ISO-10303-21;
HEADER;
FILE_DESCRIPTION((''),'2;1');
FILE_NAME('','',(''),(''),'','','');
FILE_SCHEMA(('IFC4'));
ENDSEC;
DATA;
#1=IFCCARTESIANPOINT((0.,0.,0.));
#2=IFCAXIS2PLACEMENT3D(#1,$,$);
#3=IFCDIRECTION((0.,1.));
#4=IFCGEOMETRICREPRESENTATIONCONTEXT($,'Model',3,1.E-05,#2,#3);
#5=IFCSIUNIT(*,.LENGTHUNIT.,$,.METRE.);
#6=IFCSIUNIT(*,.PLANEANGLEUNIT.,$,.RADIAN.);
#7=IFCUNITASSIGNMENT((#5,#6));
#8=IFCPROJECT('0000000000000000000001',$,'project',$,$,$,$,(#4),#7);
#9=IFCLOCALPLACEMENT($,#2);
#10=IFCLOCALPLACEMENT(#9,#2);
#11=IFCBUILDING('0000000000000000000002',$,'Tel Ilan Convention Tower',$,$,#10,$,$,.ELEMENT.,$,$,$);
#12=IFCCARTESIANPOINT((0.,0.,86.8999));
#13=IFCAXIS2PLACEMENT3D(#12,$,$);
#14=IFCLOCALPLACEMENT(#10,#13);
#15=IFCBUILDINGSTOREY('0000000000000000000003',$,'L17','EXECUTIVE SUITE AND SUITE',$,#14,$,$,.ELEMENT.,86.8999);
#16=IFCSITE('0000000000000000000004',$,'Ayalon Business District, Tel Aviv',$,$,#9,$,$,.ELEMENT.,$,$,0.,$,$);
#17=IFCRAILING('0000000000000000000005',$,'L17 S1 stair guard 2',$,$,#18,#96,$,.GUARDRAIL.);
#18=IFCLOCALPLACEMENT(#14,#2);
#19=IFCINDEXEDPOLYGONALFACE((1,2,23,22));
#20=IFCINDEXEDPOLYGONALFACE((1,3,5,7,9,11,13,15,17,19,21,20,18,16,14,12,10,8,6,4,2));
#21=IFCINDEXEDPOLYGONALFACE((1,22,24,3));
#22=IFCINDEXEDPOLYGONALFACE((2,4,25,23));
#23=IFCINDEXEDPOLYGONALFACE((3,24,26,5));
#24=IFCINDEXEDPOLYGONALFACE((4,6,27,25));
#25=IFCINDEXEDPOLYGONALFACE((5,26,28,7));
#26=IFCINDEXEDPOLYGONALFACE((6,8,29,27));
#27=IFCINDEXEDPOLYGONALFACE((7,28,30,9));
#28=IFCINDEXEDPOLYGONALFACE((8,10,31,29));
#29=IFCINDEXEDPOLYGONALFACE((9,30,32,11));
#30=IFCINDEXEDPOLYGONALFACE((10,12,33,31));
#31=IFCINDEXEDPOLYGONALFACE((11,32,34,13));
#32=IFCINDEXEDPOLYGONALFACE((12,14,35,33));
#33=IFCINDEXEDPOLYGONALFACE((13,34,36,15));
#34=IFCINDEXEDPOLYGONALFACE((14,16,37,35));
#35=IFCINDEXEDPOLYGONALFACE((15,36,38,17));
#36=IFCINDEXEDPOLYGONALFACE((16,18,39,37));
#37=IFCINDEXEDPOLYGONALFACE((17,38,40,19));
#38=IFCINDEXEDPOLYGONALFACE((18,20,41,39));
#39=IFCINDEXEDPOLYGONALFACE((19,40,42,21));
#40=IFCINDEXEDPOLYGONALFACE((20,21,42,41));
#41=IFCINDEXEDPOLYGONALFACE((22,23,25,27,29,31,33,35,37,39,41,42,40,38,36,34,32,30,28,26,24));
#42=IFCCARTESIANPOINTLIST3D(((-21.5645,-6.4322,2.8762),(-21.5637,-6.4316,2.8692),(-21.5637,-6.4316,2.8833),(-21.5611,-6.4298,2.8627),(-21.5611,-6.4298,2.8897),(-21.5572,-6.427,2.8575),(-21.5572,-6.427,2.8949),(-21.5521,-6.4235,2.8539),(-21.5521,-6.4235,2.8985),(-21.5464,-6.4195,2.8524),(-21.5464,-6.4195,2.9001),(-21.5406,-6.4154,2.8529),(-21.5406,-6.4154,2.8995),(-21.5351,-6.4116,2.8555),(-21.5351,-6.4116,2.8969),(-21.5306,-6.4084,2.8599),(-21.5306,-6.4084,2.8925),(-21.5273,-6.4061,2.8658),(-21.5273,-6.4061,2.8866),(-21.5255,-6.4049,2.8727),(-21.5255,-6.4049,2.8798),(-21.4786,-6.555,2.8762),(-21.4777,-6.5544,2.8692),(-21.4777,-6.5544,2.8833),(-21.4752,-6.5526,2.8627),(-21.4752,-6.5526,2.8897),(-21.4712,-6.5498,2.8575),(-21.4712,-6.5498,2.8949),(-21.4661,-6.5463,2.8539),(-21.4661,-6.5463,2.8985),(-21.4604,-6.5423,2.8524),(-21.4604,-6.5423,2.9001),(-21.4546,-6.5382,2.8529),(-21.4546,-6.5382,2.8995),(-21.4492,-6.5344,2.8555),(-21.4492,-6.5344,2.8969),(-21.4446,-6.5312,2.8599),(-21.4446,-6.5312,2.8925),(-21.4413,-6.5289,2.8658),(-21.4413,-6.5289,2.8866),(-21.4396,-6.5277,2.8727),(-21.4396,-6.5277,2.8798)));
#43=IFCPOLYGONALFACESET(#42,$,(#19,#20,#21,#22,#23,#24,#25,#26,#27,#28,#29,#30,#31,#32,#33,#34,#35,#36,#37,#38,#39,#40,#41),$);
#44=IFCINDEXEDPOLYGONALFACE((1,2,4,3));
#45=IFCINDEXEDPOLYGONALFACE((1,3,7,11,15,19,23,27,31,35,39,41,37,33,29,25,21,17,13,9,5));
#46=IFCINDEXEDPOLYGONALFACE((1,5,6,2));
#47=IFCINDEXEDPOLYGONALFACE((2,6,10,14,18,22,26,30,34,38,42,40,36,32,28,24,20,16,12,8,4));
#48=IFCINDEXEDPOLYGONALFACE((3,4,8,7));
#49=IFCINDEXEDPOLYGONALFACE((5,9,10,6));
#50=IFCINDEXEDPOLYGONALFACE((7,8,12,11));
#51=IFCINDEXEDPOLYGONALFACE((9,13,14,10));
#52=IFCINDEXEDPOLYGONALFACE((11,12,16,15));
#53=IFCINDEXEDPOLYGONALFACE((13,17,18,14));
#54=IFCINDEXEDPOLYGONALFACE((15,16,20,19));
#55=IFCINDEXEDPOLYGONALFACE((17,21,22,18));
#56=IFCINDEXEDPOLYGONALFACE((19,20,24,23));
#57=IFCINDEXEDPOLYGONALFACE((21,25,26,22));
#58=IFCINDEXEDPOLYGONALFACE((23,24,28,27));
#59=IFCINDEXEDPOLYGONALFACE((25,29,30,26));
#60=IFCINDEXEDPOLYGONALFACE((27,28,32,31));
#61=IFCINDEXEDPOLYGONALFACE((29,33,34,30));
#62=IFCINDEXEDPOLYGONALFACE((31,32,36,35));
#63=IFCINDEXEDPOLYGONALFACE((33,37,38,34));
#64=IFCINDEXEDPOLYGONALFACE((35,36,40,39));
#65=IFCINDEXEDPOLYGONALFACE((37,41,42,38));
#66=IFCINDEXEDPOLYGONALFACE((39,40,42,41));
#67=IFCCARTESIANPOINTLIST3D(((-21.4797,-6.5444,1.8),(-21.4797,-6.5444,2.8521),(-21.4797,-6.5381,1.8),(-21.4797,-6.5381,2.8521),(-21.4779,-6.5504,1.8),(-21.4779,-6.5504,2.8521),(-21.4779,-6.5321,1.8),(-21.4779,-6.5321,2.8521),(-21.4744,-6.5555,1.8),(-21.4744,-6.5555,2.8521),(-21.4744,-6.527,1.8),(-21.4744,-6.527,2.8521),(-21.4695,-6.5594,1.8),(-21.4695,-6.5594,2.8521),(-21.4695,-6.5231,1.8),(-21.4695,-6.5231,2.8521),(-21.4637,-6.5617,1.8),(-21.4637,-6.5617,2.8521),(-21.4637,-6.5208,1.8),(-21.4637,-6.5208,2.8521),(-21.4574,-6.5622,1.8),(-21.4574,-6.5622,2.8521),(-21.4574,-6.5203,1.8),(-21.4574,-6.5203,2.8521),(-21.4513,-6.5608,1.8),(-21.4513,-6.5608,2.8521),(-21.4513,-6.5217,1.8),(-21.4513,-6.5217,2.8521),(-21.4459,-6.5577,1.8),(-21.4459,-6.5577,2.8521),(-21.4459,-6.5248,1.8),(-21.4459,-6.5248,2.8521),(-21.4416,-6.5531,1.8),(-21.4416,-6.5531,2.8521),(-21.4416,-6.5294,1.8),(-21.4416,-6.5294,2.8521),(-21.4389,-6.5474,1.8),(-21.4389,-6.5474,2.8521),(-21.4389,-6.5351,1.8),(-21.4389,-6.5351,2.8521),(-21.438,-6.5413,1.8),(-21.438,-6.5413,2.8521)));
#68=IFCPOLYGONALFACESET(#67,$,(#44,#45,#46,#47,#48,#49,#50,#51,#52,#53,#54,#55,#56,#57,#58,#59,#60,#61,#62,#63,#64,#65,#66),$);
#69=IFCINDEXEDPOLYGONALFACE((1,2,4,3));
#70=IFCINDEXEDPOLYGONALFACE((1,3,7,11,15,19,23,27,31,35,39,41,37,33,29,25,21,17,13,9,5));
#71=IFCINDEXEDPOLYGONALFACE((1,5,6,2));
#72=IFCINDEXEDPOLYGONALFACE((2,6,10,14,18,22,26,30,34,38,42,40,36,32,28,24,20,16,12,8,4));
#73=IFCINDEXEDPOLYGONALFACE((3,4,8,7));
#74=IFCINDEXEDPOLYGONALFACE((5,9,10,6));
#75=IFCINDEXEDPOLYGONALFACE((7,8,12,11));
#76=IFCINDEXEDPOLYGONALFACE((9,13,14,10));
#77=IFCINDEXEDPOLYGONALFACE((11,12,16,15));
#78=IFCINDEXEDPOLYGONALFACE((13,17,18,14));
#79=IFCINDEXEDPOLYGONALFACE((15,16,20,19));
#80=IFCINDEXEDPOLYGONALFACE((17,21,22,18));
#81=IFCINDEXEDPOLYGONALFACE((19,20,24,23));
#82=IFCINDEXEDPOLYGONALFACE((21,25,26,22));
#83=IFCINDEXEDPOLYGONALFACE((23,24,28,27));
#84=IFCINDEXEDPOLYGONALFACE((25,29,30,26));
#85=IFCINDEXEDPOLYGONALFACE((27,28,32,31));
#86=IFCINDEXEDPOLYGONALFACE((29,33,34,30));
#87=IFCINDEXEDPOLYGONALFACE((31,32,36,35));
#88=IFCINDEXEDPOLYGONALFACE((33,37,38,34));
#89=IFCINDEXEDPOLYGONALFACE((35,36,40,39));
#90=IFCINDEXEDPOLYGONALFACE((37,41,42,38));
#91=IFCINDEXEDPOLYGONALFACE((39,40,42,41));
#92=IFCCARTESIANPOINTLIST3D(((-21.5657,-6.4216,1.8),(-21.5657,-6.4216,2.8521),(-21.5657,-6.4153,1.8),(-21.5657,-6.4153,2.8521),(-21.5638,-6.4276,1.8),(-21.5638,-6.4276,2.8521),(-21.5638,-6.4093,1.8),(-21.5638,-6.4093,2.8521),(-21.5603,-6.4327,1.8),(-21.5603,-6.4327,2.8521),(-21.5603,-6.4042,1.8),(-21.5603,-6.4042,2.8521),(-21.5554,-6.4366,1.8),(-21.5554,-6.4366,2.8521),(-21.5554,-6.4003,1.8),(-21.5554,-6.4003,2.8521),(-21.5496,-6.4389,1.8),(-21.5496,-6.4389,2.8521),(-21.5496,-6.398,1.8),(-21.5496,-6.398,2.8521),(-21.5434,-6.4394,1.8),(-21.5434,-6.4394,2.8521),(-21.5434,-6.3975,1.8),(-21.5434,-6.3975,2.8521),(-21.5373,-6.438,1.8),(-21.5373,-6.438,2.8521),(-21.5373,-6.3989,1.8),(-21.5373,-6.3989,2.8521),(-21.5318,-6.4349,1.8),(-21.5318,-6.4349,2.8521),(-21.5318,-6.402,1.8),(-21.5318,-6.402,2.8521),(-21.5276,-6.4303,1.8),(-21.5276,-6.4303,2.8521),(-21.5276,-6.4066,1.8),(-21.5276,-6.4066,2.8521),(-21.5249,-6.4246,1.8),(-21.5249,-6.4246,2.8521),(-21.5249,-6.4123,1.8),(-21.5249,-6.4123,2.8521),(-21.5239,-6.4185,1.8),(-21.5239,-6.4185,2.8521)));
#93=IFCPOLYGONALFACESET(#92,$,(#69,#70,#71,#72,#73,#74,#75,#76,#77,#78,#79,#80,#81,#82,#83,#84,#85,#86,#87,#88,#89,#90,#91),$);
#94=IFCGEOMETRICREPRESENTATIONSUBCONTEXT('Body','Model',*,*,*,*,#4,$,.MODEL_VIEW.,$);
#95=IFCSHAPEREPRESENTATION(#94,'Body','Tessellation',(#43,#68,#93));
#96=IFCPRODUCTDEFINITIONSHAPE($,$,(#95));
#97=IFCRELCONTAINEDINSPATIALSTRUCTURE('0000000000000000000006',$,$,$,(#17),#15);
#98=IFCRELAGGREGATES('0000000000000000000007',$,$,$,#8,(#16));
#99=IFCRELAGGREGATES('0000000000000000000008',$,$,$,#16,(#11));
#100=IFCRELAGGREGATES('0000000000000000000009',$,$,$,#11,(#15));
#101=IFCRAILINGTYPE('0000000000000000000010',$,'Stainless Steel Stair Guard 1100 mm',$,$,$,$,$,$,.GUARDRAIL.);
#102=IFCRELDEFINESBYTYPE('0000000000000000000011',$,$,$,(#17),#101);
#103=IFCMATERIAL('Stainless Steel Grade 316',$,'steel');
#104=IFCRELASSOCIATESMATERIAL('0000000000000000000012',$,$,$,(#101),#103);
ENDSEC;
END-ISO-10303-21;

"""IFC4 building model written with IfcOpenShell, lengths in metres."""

from ifc_helpers import new_model, si_unit, direction, frame, origin, origin_2d, place, context, subcontext, project, spatial, circle, extrude, material, type_object, element, save


model = new_model("IFC4")

# Units and contexts
model_context = context("Model", 3, precision=1e-05, world=origin(), true_north=direction((0.0, 1.0)))
body_context = subcontext(model_context, "Body", "Model", "MODEL_VIEW")
ifc_project = project(units=[si_unit("LENGTHUNIT", "METRE"), si_unit("PLANEANGLEUNIT", "RADIAN")], contexts=[model_context])

# Site, building, storey
site_placement = place(None, origin())
site = spatial("IfcSite", under=ifc_project, at=site_placement, Name="Ayalon Business District, Tel Aviv", CompositionType="ELEMENT", RefElevation=0.0)
building_placement = place(site_placement, origin())
building = spatial("IfcBuilding", under=site, at=building_placement, Name="Tel Ilan Convention Tower", CompositionType="ELEMENT")
storey_placement = place(building_placement, frame((0.0, 0.0, 86.8999)))
storey = spatial("IfcBuildingStorey", under=building, at=storey_placement, Name="L17", Description="EXECUTIVE SUITE AND SUITE", CompositionType="ELEMENT", Elevation=86.8999)

# Railing
ifc_material_1 = material(Name="Stainless Steel Grade 316", Category="steel")
railing_type_1 = type_object("IfcRailingType", Name="Stainless Steel Stair Guard 1100 mm", PredefinedType="GUARDRAIL", material=ifc_material_1)
railing_1_placement = place(storey_placement, frame((-21.459, -6.5413, 1.8)))
element("IfcRailing", 1, at=railing_1_placement, inside=storey, type_object=railing_type_1, Name="L17 S1 stair guard 2", PredefinedType="GUARDRAIL", context=body_context, shape_type="SweptSolid", body=[
    extrude(circle(Radius=0.0239, at=origin_2d()), frame((0.0, 0.0, 1.0762), z_axis=(-0.573353, 0.819308, 0.0), x_axis=(-0.819308, -0.573353, 0.0)), (0.0, 0.0, 1.0), 0.1499),
    extrude(circle(Radius=0.021, at=origin_2d()), origin(), (0.0, 0.0, 1.0), 1.052),
    extrude(circle(Radius=0.021, at=origin_2d()), frame((-0.0859, 0.1228, 0.0)), (0.0, 0.0, 1.0), 1.052),
])

save(model, "model.ifc")
